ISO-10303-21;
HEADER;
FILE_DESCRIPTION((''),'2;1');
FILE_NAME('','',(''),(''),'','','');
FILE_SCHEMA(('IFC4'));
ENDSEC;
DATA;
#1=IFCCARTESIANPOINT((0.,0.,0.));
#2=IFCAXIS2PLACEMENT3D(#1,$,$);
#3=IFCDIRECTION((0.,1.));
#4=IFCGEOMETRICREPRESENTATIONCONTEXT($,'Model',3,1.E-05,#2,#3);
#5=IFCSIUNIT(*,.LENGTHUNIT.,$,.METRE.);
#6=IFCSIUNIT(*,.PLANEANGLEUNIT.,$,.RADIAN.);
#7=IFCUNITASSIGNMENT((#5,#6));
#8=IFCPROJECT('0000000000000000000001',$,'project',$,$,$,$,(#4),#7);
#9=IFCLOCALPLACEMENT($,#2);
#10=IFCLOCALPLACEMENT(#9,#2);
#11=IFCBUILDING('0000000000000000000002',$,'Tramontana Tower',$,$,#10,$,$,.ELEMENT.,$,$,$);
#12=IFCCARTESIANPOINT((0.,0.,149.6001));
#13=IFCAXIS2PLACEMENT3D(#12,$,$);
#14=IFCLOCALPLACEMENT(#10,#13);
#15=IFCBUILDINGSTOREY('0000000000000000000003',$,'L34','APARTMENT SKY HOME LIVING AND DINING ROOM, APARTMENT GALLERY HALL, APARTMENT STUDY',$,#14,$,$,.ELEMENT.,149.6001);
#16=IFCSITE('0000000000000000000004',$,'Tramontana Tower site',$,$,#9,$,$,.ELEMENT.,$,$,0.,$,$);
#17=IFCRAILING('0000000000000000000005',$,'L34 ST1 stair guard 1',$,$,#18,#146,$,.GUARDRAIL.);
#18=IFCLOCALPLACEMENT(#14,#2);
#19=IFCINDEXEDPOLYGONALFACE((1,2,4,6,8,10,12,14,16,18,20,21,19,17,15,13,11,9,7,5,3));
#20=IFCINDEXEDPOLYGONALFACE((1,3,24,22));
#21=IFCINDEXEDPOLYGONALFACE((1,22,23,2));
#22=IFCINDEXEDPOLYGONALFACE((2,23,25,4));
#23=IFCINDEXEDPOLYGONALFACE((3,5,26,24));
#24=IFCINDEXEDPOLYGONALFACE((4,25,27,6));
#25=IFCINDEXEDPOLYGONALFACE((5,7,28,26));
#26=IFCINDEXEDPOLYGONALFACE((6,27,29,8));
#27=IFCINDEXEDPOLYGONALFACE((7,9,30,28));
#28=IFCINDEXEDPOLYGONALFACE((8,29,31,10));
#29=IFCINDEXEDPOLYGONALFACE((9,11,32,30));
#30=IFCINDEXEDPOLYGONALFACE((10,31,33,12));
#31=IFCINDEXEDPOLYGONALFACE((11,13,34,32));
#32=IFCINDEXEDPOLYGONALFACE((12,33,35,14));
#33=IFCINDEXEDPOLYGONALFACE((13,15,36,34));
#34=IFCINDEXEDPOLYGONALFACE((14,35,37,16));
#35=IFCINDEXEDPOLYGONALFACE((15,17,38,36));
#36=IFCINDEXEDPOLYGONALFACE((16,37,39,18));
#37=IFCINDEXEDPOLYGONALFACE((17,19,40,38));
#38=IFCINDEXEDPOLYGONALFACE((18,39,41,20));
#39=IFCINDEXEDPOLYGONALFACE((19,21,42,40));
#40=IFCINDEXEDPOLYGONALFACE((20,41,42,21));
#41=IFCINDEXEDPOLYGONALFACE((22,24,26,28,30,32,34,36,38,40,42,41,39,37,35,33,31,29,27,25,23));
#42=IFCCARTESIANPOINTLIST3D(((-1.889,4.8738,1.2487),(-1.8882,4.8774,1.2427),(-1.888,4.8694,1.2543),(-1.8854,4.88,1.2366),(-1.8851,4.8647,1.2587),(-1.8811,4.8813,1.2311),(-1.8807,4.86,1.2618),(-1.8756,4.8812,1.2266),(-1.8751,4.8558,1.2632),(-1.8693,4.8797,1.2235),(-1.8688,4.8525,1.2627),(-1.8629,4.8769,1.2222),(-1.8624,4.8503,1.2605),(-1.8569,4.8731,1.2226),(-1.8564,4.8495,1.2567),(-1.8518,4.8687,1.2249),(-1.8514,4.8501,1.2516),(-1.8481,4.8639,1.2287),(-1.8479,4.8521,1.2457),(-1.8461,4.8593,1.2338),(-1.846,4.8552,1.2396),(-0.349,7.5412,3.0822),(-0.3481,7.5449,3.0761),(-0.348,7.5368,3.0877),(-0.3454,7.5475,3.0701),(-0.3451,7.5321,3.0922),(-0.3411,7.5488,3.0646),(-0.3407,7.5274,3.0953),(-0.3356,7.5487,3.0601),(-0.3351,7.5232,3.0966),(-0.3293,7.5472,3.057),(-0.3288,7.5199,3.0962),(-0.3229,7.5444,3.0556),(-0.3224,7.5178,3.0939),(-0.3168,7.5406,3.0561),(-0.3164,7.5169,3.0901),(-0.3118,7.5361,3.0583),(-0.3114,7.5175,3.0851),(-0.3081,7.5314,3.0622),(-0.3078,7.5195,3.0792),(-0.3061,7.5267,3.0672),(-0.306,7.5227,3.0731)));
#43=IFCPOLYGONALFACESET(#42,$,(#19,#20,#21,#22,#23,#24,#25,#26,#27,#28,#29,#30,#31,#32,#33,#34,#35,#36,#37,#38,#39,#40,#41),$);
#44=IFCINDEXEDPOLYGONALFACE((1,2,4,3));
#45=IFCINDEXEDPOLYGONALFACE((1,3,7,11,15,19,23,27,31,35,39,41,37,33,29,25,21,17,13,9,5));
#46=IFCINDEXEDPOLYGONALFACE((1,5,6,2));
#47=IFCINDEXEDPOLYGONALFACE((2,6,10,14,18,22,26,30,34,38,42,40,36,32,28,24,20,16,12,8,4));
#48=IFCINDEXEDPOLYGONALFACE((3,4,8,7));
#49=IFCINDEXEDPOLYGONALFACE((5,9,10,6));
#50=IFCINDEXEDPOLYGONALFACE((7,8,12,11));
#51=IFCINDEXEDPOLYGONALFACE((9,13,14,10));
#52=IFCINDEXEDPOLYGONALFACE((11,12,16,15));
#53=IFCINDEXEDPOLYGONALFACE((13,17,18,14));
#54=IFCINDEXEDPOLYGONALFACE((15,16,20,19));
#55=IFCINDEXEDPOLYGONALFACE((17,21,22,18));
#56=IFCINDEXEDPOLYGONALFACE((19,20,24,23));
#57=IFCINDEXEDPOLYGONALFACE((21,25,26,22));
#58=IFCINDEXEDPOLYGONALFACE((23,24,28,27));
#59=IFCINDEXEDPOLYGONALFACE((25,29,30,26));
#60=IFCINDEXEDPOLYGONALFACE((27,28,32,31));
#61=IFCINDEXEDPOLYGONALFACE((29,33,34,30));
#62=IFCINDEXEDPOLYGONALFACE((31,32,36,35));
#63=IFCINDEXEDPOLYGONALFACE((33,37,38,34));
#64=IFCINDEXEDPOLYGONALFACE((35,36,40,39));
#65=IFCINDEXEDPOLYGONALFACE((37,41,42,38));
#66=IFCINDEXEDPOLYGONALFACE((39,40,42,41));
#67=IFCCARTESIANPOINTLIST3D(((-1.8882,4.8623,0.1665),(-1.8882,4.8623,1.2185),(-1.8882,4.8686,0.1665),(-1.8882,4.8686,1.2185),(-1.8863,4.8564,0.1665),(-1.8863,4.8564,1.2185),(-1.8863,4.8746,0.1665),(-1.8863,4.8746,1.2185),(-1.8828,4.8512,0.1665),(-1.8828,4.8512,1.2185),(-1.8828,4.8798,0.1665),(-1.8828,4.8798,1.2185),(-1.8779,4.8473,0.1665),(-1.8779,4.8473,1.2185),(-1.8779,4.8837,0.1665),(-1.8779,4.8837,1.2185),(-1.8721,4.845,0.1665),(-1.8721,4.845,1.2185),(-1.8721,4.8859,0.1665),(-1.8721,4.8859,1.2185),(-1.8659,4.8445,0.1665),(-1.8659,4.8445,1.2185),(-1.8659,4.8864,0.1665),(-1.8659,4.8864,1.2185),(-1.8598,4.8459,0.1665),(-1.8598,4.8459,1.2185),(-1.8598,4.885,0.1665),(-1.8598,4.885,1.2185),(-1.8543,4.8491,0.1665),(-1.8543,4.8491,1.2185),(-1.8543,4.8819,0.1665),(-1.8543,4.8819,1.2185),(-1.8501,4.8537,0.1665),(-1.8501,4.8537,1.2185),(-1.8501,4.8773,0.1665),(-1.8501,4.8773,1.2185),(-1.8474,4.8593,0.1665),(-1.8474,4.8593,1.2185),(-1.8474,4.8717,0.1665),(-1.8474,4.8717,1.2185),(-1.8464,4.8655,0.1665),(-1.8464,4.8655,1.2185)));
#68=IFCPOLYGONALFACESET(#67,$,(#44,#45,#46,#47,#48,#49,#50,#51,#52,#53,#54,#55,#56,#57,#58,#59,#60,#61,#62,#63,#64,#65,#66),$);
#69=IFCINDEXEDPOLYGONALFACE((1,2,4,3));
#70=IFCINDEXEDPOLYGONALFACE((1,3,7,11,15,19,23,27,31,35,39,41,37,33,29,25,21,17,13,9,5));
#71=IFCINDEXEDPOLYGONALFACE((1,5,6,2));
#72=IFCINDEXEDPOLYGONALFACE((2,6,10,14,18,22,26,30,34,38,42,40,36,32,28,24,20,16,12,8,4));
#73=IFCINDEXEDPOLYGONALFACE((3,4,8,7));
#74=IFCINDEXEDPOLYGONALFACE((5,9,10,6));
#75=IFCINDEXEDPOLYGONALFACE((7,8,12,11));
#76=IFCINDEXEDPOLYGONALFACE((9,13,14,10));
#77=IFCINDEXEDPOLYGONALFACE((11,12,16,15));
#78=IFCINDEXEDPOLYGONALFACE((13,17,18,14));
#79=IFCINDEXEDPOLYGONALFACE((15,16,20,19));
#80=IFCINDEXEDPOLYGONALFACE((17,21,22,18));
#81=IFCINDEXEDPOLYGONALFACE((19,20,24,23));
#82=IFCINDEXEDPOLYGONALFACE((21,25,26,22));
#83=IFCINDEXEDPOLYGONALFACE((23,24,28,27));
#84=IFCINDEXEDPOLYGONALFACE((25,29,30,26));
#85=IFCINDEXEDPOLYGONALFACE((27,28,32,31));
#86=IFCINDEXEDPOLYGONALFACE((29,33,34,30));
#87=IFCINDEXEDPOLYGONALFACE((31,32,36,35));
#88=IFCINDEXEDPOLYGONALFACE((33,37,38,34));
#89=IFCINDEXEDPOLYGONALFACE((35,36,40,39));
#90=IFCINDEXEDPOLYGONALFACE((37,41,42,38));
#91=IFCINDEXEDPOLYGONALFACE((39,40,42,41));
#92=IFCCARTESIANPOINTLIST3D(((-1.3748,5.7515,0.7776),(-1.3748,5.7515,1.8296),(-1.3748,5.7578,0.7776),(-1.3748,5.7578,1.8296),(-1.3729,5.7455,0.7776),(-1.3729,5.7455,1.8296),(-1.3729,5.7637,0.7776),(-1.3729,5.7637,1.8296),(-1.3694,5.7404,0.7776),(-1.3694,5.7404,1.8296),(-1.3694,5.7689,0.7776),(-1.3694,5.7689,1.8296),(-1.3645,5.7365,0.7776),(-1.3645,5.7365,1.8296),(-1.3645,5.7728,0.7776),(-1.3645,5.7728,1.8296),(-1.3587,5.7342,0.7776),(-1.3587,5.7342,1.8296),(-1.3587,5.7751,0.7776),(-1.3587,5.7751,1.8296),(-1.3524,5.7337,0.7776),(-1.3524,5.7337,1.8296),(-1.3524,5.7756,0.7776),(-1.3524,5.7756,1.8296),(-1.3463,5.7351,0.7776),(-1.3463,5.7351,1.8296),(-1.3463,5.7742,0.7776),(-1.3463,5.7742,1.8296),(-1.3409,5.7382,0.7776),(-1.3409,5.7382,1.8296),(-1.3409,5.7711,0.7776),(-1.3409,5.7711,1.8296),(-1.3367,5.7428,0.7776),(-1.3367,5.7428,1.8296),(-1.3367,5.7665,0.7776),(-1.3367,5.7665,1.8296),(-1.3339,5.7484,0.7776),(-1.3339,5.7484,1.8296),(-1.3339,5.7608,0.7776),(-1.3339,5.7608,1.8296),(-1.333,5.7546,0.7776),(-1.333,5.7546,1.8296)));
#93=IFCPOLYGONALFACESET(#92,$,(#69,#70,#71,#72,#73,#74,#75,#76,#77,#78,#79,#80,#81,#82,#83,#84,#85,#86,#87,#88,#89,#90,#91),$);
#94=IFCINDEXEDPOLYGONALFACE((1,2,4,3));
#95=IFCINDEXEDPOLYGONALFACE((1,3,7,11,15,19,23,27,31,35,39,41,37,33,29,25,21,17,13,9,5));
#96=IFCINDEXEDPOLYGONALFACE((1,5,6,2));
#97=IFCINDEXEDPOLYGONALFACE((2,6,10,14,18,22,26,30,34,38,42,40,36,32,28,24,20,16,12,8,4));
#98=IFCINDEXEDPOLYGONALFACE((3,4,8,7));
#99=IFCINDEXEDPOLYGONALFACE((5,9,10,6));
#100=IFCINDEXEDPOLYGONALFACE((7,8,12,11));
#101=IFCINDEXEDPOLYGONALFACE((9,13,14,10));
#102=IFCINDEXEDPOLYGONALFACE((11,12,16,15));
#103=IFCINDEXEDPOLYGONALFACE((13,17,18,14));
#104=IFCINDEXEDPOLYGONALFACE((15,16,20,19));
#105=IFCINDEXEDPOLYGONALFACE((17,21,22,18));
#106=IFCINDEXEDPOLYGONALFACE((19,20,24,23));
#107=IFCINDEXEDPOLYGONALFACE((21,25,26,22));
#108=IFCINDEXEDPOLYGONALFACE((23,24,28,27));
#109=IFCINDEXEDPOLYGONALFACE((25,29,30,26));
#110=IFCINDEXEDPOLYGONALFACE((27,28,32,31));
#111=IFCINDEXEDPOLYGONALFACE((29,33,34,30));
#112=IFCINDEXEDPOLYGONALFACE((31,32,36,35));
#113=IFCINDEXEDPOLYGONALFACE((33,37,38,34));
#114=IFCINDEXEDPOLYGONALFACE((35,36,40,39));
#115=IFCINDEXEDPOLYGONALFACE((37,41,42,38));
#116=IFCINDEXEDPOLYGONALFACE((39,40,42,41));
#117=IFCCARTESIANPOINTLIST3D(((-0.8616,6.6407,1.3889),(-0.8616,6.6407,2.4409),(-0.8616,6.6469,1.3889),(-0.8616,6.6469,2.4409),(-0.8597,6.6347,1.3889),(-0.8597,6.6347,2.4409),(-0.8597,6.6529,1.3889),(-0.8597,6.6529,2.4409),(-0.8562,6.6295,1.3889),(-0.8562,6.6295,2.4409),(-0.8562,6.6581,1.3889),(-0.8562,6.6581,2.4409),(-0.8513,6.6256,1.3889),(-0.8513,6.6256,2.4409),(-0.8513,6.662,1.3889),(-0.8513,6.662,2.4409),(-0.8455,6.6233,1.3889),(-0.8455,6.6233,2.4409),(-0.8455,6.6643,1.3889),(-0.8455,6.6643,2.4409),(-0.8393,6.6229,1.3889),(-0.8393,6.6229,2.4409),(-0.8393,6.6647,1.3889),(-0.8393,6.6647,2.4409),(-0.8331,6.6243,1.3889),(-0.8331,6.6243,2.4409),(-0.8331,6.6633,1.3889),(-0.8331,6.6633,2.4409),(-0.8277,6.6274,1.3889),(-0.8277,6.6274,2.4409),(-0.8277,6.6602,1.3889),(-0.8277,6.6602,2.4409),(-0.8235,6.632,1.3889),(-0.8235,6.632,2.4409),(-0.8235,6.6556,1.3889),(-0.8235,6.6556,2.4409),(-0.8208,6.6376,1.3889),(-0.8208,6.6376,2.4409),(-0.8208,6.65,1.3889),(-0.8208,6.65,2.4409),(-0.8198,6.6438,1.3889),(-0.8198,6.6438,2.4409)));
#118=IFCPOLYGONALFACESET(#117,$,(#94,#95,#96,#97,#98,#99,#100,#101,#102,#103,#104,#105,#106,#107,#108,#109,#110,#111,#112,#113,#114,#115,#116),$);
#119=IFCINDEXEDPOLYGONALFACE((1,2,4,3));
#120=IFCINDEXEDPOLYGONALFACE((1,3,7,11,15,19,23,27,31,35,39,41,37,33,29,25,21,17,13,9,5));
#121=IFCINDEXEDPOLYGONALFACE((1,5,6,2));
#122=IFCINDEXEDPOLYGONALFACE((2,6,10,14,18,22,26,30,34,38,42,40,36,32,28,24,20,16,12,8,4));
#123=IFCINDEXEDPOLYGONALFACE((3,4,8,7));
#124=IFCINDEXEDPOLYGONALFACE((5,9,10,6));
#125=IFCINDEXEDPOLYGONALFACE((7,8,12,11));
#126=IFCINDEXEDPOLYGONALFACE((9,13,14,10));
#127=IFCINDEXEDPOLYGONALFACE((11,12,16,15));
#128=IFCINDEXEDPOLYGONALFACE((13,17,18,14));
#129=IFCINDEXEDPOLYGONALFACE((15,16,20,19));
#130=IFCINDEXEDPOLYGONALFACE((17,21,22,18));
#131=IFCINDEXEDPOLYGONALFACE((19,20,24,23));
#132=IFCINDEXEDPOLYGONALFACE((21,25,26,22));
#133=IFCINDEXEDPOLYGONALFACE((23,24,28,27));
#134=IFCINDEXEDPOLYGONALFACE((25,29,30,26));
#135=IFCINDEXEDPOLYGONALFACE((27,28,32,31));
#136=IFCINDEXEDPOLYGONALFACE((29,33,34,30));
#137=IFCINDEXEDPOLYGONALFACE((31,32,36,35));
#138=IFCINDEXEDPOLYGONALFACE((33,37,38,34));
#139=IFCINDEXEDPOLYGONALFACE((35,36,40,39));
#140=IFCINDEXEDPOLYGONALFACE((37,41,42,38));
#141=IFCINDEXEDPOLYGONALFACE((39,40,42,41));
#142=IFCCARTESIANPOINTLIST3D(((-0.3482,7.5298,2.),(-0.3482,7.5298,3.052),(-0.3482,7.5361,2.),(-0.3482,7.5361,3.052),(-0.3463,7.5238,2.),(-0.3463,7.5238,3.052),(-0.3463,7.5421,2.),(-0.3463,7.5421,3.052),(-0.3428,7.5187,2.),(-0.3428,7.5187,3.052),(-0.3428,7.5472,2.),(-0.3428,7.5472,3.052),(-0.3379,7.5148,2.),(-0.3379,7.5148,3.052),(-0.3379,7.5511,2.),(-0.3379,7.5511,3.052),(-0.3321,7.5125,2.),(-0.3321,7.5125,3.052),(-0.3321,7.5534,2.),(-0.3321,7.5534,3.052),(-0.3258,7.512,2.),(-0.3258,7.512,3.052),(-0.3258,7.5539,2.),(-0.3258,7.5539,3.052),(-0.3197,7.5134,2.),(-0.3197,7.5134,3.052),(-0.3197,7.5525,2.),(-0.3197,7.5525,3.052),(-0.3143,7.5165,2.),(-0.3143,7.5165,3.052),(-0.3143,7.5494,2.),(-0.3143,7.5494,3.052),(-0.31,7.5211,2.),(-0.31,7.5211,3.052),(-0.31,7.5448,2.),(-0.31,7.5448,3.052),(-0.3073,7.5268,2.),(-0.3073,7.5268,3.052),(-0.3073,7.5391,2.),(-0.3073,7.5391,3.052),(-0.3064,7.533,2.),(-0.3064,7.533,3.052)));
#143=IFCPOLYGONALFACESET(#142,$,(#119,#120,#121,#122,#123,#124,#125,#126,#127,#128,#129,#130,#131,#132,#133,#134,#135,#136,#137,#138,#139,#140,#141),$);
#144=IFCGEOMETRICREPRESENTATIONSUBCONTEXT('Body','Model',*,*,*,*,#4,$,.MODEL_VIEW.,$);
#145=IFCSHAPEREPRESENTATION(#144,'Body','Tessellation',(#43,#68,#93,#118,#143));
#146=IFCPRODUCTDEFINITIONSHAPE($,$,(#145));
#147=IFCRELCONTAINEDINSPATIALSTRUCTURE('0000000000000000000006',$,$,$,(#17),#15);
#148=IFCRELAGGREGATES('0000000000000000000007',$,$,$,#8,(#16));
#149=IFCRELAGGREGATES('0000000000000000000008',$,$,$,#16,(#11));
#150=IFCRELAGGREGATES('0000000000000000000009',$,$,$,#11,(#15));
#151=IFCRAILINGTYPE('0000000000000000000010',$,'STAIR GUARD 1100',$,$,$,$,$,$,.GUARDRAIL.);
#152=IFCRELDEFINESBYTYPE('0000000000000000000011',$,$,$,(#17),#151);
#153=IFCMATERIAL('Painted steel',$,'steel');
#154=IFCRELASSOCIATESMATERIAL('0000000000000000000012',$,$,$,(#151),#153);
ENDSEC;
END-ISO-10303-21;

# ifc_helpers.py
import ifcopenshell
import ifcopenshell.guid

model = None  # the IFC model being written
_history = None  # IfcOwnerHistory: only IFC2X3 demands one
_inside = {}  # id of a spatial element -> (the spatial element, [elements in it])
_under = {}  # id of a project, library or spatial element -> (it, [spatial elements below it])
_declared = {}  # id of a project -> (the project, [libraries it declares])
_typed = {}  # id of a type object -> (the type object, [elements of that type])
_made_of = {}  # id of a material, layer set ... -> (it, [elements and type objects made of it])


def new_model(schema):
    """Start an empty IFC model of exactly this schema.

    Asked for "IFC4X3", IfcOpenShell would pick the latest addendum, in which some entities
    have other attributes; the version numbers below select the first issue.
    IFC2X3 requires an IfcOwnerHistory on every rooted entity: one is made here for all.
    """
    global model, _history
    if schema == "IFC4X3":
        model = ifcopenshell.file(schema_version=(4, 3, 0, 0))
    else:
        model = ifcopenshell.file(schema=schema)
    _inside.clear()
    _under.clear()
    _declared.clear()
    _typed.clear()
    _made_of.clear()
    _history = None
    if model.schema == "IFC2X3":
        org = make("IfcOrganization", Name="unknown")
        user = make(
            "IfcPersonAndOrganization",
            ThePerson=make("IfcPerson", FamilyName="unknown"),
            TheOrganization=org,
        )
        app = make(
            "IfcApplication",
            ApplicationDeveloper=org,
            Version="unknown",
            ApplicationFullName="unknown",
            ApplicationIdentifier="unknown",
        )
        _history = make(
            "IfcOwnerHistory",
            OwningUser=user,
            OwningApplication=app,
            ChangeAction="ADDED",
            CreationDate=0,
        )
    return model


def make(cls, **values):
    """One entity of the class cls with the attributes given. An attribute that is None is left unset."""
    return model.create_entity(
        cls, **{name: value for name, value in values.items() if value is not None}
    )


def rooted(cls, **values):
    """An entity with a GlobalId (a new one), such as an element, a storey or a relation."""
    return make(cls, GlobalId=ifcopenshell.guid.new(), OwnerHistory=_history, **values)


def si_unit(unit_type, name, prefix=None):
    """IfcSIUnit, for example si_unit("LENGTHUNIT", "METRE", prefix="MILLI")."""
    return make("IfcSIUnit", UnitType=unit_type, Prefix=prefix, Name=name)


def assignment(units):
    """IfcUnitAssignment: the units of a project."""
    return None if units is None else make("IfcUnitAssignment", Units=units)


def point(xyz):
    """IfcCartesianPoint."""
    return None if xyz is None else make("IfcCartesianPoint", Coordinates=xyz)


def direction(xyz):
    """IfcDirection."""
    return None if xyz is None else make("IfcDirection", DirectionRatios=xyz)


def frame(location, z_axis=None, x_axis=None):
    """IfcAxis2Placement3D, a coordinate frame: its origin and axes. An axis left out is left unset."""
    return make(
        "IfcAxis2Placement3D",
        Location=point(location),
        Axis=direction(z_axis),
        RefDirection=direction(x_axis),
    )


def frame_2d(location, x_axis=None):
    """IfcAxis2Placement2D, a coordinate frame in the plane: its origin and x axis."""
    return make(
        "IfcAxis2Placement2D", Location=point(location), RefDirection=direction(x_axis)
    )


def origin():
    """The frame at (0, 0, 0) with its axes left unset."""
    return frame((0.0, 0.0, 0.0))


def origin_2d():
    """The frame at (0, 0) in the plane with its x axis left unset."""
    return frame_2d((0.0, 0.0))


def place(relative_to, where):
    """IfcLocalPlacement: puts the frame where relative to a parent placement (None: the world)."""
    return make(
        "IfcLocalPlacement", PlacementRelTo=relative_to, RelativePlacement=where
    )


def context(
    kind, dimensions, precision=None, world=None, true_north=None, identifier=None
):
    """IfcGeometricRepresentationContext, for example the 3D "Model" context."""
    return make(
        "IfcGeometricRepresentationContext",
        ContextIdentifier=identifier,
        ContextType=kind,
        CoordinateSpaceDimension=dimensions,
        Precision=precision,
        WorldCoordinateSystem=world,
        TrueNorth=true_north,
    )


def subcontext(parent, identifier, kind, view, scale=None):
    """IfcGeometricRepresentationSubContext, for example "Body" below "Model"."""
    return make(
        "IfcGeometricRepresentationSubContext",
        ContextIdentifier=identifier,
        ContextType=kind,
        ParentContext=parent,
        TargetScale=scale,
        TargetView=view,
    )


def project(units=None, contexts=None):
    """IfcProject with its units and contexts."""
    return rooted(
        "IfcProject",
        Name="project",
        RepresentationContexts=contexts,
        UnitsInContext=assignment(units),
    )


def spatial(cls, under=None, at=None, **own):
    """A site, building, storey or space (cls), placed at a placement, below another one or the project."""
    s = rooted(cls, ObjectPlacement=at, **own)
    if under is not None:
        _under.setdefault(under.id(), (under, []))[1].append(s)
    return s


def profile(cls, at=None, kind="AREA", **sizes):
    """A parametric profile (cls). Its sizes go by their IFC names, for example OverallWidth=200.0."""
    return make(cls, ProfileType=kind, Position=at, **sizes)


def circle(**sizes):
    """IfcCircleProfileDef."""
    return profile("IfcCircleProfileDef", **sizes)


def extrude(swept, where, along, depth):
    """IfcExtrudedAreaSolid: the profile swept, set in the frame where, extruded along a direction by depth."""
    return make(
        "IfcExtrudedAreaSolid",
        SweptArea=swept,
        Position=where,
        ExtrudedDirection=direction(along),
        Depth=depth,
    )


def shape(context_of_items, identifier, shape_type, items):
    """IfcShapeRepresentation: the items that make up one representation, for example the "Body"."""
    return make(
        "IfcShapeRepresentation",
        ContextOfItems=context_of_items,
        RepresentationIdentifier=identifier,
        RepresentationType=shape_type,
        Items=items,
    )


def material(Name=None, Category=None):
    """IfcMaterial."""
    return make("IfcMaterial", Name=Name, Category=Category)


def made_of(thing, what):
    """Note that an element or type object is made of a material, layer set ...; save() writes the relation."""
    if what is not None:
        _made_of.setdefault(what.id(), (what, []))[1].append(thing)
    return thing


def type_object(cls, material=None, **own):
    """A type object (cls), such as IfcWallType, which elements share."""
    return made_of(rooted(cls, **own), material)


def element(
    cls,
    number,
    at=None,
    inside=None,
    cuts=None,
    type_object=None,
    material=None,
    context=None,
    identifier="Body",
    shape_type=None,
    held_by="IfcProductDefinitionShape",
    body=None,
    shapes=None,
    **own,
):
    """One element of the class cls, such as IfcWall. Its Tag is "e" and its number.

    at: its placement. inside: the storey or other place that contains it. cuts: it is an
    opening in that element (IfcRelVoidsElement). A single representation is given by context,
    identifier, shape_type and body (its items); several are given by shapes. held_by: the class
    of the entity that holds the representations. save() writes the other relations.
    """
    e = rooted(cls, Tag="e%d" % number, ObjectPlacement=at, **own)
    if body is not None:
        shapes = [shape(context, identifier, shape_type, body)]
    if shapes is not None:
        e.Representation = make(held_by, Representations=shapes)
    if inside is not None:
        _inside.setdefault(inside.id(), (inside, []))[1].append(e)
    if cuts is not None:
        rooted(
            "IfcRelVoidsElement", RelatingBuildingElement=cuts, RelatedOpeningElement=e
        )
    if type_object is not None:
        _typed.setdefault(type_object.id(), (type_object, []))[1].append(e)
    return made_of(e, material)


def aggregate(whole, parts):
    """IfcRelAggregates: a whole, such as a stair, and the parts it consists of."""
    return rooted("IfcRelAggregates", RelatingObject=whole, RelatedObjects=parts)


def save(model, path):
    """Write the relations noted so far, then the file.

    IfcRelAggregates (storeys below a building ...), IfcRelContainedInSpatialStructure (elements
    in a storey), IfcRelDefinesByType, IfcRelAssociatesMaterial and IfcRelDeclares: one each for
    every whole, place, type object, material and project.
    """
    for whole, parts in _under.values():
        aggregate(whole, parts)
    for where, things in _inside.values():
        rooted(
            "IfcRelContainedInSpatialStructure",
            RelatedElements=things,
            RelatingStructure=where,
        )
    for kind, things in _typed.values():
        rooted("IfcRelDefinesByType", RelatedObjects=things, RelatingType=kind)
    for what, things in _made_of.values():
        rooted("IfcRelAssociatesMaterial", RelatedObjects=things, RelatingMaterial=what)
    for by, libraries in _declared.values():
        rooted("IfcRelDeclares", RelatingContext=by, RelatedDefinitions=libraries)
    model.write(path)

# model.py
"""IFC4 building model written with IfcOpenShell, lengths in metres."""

from ifc_helpers import new_model, si_unit, direction, frame, origin, origin_2d, place, context, subcontext, project, spatial, circle, extrude, material, type_object, element, save


model = new_model("IFC4")

# Units and contexts
model_context = context("Model", 3, precision=1e-05, world=origin(), true_north=direction((0.0, 1.0)))
body_context = subcontext(model_context, "Body", "Model", "MODEL_VIEW")
ifc_project = project(units=[si_unit("LENGTHUNIT", "METRE"), si_unit("PLANEANGLEUNIT", "RADIAN")], contexts=[model_context])

# Site, building, storey
site_placement = place(None, origin())
site = spatial("IfcSite", under=ifc_project, at=site_placement, Name="Tramontana Tower site", CompositionType="ELEMENT", RefElevation=0.0)
building_placement = place(site_placement, origin())
building = spatial("IfcBuilding", under=site, at=building_placement, Name="Tramontana Tower", CompositionType="ELEMENT")
storey_placement = place(building_placement, frame((0.0, 0.0, 149.6001)))
storey = spatial("IfcBuildingStorey", under=building, at=storey_placement, Name="L34", Description="APARTMENT SKY HOME LIVING AND DINING ROOM, APARTMENT GALLERY HALL, APARTMENT STUDY", CompositionType="ELEMENT", Elevation=149.6001)

# Railing
ifc_material_1 = material(Name="Painted steel", Category="steel")
railing_type_1 = type_object("IfcRailingType", Name="STAIR GUARD 1100", PredefinedType="GUARDRAIL", material=ifc_material_1)
railing_1_placement = place(storey_placement, frame((-1.8674, 4.8655, 0.1665)))
element("IfcRailing", 1, at=railing_1_placement, inside=storey, type_object=railing_type_1, Name="L34 ST1 stair guard 1", PredefinedType="GUARDRAIL", context=body_context, shape_type="SweptSolid", body=[
    extrude(circle(Radius=0.0239, at=origin_2d()), frame((0.0, 0.0, 1.0762), z_axis=(0.429634, 0.744164, 0.511502), x_axis=(-0.86603, 0.499992, 0.0)), (0.0, 0.0, 1.0), 3.5845),
    extrude(circle(Radius=0.021, at=origin_2d()), origin(), (0.0, 0.0, 1.0), 1.052),
    extrude(circle(Radius=0.021, at=origin_2d()), frame((0.5134, 0.8892, 0.6111)), (0.0, 0.0, 1.0), 1.052),
    extrude(circle(Radius=0.021, at=origin_2d()), frame((1.0266, 1.7783, 1.2224)), (0.0, 0.0, 1.0), 1.052),
    extrude(circle(Radius=0.021, at=origin_2d()), frame((1.54, 2.6675, 1.8335)), (0.0, 0.0, 1.0), 1.052),
])

save(model, "model.ifc")
